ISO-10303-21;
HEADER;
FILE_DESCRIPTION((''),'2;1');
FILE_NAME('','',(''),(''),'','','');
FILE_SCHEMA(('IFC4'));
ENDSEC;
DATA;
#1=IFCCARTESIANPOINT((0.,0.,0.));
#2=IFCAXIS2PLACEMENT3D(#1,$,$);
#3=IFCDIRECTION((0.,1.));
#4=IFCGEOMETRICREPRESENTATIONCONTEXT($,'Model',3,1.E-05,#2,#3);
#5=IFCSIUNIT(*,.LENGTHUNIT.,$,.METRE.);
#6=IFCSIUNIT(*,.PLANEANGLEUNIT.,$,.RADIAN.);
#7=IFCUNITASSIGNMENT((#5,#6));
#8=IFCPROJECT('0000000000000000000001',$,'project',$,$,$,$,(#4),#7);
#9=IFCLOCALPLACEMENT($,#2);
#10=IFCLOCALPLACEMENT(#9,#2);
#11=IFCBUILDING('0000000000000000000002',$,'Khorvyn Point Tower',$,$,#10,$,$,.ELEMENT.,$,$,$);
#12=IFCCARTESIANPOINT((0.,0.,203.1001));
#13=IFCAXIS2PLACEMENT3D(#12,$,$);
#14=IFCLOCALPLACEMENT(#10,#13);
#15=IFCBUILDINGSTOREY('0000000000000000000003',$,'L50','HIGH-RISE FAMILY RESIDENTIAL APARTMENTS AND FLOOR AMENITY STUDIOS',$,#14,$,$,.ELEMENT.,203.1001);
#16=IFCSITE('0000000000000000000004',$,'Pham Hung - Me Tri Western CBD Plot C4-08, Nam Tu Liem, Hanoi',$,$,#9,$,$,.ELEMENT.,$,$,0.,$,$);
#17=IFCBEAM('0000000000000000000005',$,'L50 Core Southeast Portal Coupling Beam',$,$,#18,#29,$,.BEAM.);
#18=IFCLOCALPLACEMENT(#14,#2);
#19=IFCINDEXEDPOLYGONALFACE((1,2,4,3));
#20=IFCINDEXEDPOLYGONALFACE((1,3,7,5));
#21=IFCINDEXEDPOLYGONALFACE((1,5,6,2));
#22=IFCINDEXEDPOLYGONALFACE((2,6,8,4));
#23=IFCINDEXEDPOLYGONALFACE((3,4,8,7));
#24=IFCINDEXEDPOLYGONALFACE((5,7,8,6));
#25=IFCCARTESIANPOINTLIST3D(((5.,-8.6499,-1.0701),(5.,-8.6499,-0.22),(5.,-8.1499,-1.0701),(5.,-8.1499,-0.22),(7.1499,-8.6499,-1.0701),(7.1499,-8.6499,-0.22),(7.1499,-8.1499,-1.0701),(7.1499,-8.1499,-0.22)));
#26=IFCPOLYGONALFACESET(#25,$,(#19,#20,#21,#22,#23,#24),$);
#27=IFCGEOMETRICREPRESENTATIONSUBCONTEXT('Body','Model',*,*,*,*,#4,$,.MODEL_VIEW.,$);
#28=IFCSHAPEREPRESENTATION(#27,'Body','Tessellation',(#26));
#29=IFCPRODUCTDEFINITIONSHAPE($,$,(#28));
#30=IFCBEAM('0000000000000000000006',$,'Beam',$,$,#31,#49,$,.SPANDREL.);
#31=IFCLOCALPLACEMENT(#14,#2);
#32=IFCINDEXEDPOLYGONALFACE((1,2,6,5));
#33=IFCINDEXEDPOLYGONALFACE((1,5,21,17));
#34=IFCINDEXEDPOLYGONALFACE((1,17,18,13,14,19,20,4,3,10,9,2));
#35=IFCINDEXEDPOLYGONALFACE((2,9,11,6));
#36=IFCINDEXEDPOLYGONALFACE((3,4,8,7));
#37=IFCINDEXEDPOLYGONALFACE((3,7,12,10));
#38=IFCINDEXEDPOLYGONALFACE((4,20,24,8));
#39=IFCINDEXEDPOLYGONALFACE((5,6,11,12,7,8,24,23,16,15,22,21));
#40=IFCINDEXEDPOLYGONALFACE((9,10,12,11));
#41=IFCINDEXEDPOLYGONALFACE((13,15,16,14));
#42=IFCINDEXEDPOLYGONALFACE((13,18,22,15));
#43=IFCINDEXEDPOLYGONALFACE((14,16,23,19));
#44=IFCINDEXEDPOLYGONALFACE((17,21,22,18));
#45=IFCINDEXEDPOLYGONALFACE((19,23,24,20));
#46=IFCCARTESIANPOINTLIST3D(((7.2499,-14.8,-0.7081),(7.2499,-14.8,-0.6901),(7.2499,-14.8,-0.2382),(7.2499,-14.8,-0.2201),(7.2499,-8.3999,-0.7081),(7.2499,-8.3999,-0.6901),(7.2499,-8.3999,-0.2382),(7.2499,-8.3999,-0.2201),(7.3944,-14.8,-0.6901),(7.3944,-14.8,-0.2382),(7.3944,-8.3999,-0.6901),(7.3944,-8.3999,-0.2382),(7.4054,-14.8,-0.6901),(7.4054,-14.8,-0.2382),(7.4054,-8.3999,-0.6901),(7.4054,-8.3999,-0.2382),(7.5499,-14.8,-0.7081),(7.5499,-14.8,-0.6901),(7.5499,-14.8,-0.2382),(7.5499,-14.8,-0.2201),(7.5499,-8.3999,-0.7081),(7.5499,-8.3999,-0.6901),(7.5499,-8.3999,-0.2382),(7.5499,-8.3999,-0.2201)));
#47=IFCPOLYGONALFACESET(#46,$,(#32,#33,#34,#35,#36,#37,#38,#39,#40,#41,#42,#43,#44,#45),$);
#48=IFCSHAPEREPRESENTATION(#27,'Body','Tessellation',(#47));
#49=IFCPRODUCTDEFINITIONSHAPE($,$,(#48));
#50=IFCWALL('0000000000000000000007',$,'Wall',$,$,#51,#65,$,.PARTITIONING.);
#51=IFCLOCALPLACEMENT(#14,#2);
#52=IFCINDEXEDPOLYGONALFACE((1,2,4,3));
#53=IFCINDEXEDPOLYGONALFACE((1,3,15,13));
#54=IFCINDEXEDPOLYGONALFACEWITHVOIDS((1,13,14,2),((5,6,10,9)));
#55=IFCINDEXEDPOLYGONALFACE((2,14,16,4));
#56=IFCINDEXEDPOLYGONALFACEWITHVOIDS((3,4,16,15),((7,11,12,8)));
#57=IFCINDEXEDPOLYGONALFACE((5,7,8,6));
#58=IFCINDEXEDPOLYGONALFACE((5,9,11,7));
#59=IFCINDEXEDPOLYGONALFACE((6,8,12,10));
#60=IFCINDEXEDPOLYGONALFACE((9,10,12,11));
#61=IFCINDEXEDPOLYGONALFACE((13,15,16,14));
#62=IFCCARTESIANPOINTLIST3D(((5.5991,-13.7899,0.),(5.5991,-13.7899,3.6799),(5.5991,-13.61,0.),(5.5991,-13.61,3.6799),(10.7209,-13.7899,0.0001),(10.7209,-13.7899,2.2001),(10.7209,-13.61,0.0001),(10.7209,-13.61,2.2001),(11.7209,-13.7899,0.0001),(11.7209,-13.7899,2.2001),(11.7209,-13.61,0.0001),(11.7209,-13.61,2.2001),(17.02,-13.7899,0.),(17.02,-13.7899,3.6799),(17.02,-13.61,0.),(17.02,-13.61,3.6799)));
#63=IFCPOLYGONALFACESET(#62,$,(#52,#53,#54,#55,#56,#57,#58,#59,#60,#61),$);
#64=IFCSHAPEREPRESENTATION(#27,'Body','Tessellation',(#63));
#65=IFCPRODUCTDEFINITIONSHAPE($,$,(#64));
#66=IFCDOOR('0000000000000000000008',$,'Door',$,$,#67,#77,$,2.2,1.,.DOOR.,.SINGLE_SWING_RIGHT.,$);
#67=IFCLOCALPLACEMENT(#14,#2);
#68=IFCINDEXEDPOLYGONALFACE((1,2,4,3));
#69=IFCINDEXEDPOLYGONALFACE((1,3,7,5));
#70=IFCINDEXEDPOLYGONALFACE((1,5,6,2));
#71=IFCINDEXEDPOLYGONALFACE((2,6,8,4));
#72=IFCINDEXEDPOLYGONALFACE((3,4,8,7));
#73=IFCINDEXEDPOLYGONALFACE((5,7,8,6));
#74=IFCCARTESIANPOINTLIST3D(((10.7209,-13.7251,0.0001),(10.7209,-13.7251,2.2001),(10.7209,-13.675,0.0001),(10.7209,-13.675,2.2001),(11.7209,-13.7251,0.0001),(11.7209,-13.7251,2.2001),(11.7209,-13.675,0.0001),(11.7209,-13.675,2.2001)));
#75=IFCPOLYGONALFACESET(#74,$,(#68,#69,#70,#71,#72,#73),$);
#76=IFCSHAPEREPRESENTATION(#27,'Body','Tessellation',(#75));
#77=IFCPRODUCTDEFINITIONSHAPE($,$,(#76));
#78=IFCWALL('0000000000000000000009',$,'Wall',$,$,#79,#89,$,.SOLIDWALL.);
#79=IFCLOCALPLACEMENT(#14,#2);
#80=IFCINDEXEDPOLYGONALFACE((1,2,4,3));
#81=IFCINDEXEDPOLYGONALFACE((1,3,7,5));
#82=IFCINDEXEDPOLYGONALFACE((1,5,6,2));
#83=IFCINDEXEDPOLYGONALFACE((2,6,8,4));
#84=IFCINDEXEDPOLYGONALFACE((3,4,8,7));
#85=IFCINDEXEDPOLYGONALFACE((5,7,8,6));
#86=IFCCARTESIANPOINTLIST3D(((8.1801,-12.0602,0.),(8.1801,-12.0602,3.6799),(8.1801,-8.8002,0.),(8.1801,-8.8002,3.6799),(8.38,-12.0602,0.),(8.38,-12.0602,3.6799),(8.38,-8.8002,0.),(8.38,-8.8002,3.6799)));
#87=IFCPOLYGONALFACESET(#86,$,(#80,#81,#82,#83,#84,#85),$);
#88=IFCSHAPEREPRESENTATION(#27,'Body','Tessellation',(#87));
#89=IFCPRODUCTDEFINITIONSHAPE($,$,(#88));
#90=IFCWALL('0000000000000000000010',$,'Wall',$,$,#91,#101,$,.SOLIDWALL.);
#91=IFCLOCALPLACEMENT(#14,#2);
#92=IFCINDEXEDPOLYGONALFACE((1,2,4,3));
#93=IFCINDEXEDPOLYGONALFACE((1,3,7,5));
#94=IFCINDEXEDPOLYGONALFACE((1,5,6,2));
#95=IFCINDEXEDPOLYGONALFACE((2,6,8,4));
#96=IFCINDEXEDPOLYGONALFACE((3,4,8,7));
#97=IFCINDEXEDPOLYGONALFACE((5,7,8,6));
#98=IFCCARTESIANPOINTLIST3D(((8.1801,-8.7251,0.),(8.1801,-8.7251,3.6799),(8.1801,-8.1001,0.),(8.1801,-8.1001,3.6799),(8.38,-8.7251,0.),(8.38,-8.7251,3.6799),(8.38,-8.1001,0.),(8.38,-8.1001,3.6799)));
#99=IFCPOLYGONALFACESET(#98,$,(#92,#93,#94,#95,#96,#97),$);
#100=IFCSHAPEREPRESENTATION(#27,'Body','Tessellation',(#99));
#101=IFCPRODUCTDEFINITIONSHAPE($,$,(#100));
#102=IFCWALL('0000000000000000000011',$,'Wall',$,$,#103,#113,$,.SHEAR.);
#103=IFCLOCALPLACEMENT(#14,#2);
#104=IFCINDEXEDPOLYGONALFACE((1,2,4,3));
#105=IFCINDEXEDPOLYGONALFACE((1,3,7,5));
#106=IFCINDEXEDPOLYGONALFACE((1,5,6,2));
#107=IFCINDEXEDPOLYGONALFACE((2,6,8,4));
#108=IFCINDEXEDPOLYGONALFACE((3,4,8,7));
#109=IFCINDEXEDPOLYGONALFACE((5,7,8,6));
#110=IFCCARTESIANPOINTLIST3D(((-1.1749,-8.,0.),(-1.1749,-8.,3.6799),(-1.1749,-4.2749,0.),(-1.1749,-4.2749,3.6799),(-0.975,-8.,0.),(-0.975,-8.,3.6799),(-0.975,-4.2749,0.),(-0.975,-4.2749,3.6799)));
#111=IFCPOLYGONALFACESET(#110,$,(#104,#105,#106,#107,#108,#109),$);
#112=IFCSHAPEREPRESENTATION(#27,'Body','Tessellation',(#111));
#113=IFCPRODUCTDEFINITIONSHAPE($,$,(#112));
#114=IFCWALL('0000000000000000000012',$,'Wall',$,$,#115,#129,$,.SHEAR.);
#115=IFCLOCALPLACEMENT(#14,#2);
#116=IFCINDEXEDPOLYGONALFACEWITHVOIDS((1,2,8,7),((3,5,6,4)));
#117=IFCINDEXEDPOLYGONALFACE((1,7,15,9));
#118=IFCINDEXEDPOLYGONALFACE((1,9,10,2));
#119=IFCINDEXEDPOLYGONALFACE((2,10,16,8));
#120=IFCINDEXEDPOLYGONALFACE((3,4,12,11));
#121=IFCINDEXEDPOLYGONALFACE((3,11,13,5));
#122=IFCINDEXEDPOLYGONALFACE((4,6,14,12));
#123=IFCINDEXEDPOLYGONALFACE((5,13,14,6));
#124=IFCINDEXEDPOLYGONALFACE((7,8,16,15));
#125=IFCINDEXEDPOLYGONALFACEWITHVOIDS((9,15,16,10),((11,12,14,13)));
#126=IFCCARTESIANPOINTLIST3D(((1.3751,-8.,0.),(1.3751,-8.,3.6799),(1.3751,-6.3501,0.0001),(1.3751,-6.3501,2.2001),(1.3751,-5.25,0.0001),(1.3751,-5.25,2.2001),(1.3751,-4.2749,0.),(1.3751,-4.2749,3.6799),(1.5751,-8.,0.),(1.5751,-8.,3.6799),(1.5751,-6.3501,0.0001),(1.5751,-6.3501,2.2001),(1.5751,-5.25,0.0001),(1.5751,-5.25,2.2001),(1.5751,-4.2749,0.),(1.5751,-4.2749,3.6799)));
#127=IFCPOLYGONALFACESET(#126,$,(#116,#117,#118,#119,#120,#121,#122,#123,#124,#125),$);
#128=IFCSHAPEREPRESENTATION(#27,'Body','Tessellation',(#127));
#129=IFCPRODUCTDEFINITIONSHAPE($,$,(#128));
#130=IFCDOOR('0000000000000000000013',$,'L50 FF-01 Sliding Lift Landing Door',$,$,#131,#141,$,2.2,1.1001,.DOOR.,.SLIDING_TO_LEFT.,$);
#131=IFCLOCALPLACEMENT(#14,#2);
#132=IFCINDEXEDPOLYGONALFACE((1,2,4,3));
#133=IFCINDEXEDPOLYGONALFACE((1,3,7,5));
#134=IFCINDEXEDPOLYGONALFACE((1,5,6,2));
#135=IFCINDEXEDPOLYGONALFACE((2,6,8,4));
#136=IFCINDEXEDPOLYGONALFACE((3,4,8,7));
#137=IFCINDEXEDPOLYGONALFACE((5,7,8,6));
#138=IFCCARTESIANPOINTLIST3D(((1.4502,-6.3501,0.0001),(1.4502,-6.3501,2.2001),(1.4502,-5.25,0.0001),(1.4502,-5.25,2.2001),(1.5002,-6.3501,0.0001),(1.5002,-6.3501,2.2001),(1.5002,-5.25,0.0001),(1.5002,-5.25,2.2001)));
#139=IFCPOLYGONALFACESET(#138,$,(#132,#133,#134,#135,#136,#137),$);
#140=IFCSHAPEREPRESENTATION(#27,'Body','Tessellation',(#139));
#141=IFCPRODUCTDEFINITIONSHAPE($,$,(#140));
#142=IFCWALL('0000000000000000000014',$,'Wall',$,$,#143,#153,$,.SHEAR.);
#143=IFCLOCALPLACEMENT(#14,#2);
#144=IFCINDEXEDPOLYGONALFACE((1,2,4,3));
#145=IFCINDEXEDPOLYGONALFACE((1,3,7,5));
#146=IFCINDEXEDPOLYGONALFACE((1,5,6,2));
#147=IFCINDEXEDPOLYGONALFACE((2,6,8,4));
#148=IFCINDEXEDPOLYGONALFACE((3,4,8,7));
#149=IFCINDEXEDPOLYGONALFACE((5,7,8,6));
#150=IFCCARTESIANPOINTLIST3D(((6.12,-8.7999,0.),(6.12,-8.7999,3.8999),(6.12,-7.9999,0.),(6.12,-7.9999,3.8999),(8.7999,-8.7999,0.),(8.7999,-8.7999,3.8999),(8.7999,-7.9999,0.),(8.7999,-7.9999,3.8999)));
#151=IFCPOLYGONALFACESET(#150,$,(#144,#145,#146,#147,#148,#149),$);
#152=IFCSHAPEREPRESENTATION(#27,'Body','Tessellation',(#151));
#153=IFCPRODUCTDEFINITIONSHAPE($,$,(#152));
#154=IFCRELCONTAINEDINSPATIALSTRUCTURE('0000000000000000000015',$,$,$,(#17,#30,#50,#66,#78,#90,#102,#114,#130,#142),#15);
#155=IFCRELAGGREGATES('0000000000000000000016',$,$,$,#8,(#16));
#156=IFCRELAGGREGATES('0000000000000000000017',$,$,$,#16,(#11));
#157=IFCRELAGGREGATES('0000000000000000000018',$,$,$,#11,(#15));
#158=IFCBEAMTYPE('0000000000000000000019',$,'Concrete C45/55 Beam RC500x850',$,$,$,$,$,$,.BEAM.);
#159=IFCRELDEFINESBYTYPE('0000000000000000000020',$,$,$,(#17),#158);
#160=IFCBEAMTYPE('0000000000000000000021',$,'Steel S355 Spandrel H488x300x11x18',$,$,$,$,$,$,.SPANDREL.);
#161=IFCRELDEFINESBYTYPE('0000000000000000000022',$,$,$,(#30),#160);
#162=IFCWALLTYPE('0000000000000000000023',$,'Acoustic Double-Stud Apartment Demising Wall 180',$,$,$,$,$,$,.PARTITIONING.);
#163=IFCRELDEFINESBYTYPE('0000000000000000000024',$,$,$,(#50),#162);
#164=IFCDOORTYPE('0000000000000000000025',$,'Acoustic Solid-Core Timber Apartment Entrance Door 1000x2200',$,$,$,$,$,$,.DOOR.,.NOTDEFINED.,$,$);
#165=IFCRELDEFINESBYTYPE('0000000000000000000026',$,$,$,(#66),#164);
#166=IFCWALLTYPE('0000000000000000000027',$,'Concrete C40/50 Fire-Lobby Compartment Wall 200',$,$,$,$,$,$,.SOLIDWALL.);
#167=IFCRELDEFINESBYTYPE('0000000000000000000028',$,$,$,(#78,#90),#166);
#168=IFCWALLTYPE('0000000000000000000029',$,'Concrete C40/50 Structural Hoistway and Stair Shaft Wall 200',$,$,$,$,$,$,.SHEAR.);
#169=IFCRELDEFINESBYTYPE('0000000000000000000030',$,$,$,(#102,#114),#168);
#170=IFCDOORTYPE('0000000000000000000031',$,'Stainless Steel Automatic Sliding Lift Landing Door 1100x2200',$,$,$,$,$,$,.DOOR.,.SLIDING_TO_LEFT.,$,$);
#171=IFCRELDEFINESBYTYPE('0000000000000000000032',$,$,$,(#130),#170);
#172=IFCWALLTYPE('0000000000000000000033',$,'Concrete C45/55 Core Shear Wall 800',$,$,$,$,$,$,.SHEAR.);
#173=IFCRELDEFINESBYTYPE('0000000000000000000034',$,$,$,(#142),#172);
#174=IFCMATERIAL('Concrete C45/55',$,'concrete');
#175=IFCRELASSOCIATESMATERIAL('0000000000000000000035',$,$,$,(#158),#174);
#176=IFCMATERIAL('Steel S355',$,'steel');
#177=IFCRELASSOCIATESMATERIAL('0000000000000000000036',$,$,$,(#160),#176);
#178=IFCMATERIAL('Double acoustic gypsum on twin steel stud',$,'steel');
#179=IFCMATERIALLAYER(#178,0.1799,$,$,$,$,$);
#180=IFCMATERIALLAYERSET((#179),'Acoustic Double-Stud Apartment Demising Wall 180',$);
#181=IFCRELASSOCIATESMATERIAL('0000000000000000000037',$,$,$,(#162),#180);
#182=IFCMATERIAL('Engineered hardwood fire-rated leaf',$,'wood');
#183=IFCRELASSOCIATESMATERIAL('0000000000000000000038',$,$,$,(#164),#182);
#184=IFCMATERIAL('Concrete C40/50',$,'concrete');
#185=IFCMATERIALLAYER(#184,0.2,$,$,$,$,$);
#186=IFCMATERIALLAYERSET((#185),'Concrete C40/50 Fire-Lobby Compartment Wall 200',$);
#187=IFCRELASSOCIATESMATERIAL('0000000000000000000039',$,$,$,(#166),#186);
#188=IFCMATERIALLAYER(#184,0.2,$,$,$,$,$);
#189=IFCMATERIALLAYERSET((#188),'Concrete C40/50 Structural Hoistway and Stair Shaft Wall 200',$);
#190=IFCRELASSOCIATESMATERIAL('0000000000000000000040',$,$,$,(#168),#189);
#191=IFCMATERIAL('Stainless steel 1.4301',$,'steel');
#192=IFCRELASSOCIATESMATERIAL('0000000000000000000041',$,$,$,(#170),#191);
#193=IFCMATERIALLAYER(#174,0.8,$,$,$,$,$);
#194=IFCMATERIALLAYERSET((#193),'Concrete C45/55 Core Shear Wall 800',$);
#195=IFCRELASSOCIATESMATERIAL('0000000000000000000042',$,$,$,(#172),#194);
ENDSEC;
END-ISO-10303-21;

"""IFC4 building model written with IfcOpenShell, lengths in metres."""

from ifc_helpers import new_model, si_unit, direction, frame, frame_2d, origin, origin_2d, place, context, subcontext, project, spatial, rectangle, i_section, extrude, material, layer, layer_set, material_profile, profile_set, type_object, element, fill, save


model = new_model("IFC4")

# Units and contexts
model_context = context("Model", 3, precision=1e-05, world=origin(), true_north=direction((0.0, 1.0)))
body_context = subcontext(model_context, "Body", "Model", "MODEL_VIEW")
ifc_project = project(units=[si_unit("LENGTHUNIT", "METRE"), si_unit("PLANEANGLEUNIT", "RADIAN")], contexts=[model_context])

# Site, building, storey
site_placement = place(None, origin())
site = spatial("IfcSite", under=ifc_project, at=site_placement, Name="Pham Hung - Me Tri Western CBD Plot C4-08, Nam Tu Liem, Hanoi", CompositionType="ELEMENT", RefElevation=0.0)
building_placement = place(site_placement, origin())
building = spatial("IfcBuilding", under=site, at=building_placement, Name="Khorvyn Point Tower", CompositionType="ELEMENT")
storey_placement = place(building_placement, frame((0.0, 0.0, 203.1001)))
storey = spatial("IfcBuildingStorey", under=building, at=storey_placement, Name="L50", Description="HIGH-RISE FAMILY RESIDENTIAL APARTMENTS AND FLOOR AMENITY STUDIOS", CompositionType="ELEMENT", Elevation=203.1001)

# Beams
ifc_material_1 = material(Name="Concrete C45/55", Category="concrete")
ifc_material_profile_1 = material_profile(ifc_material_1, rectangle(XDim=0.5, YDim=0.8501, at=origin_2d()))
ifc_profile_set_1 = profile_set([ifc_material_profile_1], Name="Concrete C45/55 RC500x850")
beam_type_1 = type_object("IfcBeamType", Name="Concrete C45/55 Beam RC500x850", PredefinedType="BEAM", material=ifc_profile_set_1)
beam_1_placement = place(storey_placement, frame((5.0, -8.3999, -0.645), z_axis=(1.0, 0.0, 0.0), x_axis=(0.0, 1.0, 0.0)))
element("IfcBeam", 1, at=beam_1_placement, inside=storey, type_object=beam_type_1, Name="L50 Core Southeast Portal Coupling Beam", PredefinedType="BEAM", context=body_context, shape_type="SweptSolid", body=[
    extrude(rectangle(XDim=0.5, YDim=0.8501, at=origin_2d()), origin(), (0.0, 0.0, 1.0), 2.1499),
])
ifc_material_2 = material(Name="Steel S355", Category="steel")
ifc_material_profile_2 = material_profile(ifc_material_2, i_section(OverallWidth=0.3, OverallDepth=0.488, WebThickness=0.011, FlangeThickness=0.0181, at=origin_2d()))
ifc_profile_set_2 = profile_set([ifc_material_profile_2], Name="Steel S355 H488x300x11x18")
beam_type_2 = type_object("IfcBeamType", Name="Steel S355 Spandrel H488x300x11x18", PredefinedType="SPANDREL", material=ifc_profile_set_2)
beam_2_placement = place(storey_placement, frame((7.3999, -14.8, -0.4641), z_axis=(0.0, 1.0, 0.0), x_axis=(-1.0, 0.0, 0.0)))
element("IfcBeam", 2, at=beam_2_placement, inside=storey, type_object=beam_type_2, Name="Beam", PredefinedType="SPANDREL", context=body_context, shape_type="SweptSolid", body=[
    extrude(i_section(OverallWidth=0.3, OverallDepth=0.488, WebThickness=0.011, FlangeThickness=0.0181, at=origin_2d()), origin(), (0.0, 0.0, 1.0), 6.4001),
])

# Wall, opening, door
ifc_material_3 = material(Name="Double acoustic gypsum on twin steel stud", Category="steel")
ifc_layer_1 = layer(ifc_material_3, 0.1799)
ifc_layer_set_1 = layer_set([ifc_layer_1], Name="Acoustic Double-Stud Apartment Demising Wall 180")
wall_type_1 = type_object("IfcWallType", Name="Acoustic Double-Stud Apartment Demising Wall 180", PredefinedType="PARTITIONING", material=ifc_layer_set_1)
wall_1_placement = place(storey_placement, frame((5.5991, -13.7, 0.0), z_axis=(0.0, 0.0, 1.0), x_axis=(1.0, 0.0, 0.0)))
wall_1 = element("IfcWall", 3, at=wall_1_placement, inside=storey, type_object=wall_type_1, Name="Wall", PredefinedType="PARTITIONING", context=body_context, shape_type="SweptSolid", body=[
    extrude(rectangle(XDim=11.4209, YDim=0.1799, at=frame_2d((5.7104, 0.0))), origin(), (0.0, 0.0, 1.0), 3.6799),
])
opening_1_placement = place(wall_1_placement, frame((5.1218, 0.0, 0.0)))
opening_1 = element("IfcOpeningElement", 4, at=opening_1_placement, cuts=wall_1, PredefinedType="OPENING", context=body_context, shape_type="SweptSolid", body=[
    extrude(rectangle(XDim=1.0, YDim=2.2, at=frame_2d((0.5, 1.1001))), frame((0.0, 0.0999, 0.0), z_axis=(0.0, -1.0, 0.0), x_axis=(1.0, 0.0, 0.0)), (0.0, 0.0, 1.0), 0.2),
])
ifc_material_4 = material(Name="Engineered hardwood fire-rated leaf", Category="wood")
door_type_1 = type_object("IfcDoorType", Name="Acoustic Solid-Core Timber Apartment Entrance Door 1000x2200", OperationType="NOTDEFINED", PredefinedType="DOOR", material=ifc_material_4)
door_1_placement = place(opening_1_placement, origin())
door_1 = element("IfcDoor", 5, at=door_1_placement, inside=storey, type_object=door_type_1, Name="Door", OperationType="SINGLE_SWING_RIGHT", OverallHeight=2.2, OverallWidth=1.0, PredefinedType="DOOR", context=body_context, shape_type="SweptSolid", body=[
    extrude(rectangle(XDim=1.0, YDim=2.2, at=frame_2d((0.5, 1.1001))), frame((0.0, 0.0249, 0.0), z_axis=(0.0, -1.0, 0.0), x_axis=(1.0, 0.0, 0.0)), (0.0, 0.0, 1.0), 0.05),
])
fill(opening_1, door_1)
ifc_material_5 = material(Name="Concrete C40/50", Category="concrete")
ifc_layer_2 = layer(ifc_material_5, 0.2)
ifc_layer_set_2 = layer_set([ifc_layer_2], Name="Concrete C40/50 Fire-Lobby Compartment Wall 200")
wall_type_2 = type_object("IfcWallType", Name="Concrete C40/50 Fire-Lobby Compartment Wall 200", PredefinedType="SOLIDWALL", material=ifc_layer_set_2)

# Walls
wall_2_placement = place(storey_placement, frame((8.28, -12.0601, 0.0), z_axis=(0.0, 0.0, 1.0), x_axis=(0.0, 1.0, 0.0)))
element("IfcWall", 6, at=wall_2_placement, inside=storey, type_object=wall_type_2, Name="Wall", PredefinedType="SOLIDWALL", context=body_context, shape_type="SweptSolid", body=[
    extrude(rectangle(XDim=3.26, YDim=0.2, at=frame_2d((1.6299, 0.0))), origin(), (0.0, 0.0, 1.0), 3.6799),
])
wall_3_placement = place(storey_placement, frame((8.28, -8.7251, 0.0), z_axis=(0.0, 0.0, 1.0), x_axis=(0.0, 1.0, 0.0)))
element("IfcWall", 7, at=wall_3_placement, inside=storey, type_object=wall_type_2, Name="Wall", PredefinedType="SOLIDWALL", context=body_context, shape_type="SweptSolid", body=[
    extrude(rectangle(XDim=0.625, YDim=0.2, at=frame_2d((0.3125, 0.0))), origin(), (0.0, 0.0, 1.0), 3.6799),
])

# Wall
ifc_layer_3 = layer(ifc_material_5, 0.2)
ifc_layer_set_3 = layer_set([ifc_layer_3], Name="Concrete C40/50 Structural Hoistway and Stair Shaft Wall 200")
wall_type_3 = type_object("IfcWallType", Name="Concrete C40/50 Structural Hoistway and Stair Shaft Wall 200", PredefinedType="SHEAR", material=ifc_layer_set_3)
wall_4_placement = place(storey_placement, frame((-1.075, -8.0, 0.0), z_axis=(0.0, 0.0, 1.0), x_axis=(0.0, 1.0, 0.0)))
element("IfcWall", 8, at=wall_4_placement, inside=storey, type_object=wall_type_3, Name="Wall", PredefinedType="SHEAR", context=body_context, shape_type="SweptSolid", body=[
    extrude(rectangle(XDim=3.7251, YDim=0.2, at=frame_2d((1.8625, 0.0))), origin(), (0.0, 0.0, 1.0), 3.6799),
])

# Wall, opening, door
wall_5_placement = place(storey_placement, frame((1.4751, -8.0, 0.0), z_axis=(0.0, 0.0, 1.0), x_axis=(0.0, 1.0, 0.0)))
wall_5 = element("IfcWall", 9, at=wall_5_placement, inside=storey, type_object=wall_type_3, Name="Wall", PredefinedType="SHEAR", context=body_context, shape_type="SweptSolid", body=[
    extrude(rectangle(XDim=3.7251, YDim=0.2, at=frame_2d((1.8625, 0.0))), origin(), (0.0, 0.0, 1.0), 3.6799),
])
opening_2_placement = place(wall_5_placement, frame((1.6499, 0.0, 0.0)))
opening_2 = element("IfcOpeningElement", 10, at=opening_2_placement, cuts=wall_5, PredefinedType="OPENING", context=body_context, shape_type="SweptSolid", body=[
    extrude(rectangle(XDim=1.1001, YDim=2.2, at=frame_2d((0.55, 1.1001))), frame((0.0, 0.1099, 0.0), z_axis=(0.0, -1.0, 0.0), x_axis=(1.0, 0.0, 0.0)), (0.0, 0.0, 1.0), 0.22),
])
ifc_material_6 = material(Name="Stainless steel 1.4301", Category="steel")
door_type_2 = type_object("IfcDoorType", Name="Stainless Steel Automatic Sliding Lift Landing Door 1100x2200", OperationType="SLIDING_TO_LEFT", PredefinedType="DOOR", material=ifc_material_6)
door_2_placement = place(opening_2_placement, origin())
door_2 = element("IfcDoor", 11, at=door_2_placement, inside=storey, type_object=door_type_2, Name="L50 FF-01 Sliding Lift Landing Door", OperationType="SLIDING_TO_LEFT", OverallHeight=2.2, OverallWidth=1.1001, PredefinedType="DOOR", context=body_context, shape_type="SweptSolid", body=[
    extrude(rectangle(XDim=1.1001, YDim=2.2, at=frame_2d((0.55, 1.1001))), frame((0.0, 0.0249, 0.0), z_axis=(0.0, -1.0, 0.0), x_axis=(1.0, 0.0, 0.0)), (0.0, 0.0, 1.0), 0.05),
])
fill(opening_2, door_2)

# Wall
ifc_layer_4 = layer(ifc_material_1, 0.8)
ifc_layer_set_4 = layer_set([ifc_layer_4], Name="Concrete C45/55 Core Shear Wall 800")
wall_type_4 = type_object("IfcWallType", Name="Concrete C45/55 Core Shear Wall 800", PredefinedType="SHEAR", material=ifc_layer_set_4)
wall_6_placement = place(storey_placement, frame((6.1201, -8.3999, 0.0), z_axis=(0.0, 0.0, 1.0), x_axis=(1.0, 0.0, 0.0)))
element("IfcWall", 12, at=wall_6_placement, inside=storey, type_object=wall_type_4, Name="Wall", PredefinedType="SHEAR", context=body_context, shape_type="SweptSolid", body=[
    extrude(rectangle(XDim=2.6799, YDim=0.8, at=frame_2d((1.3398, 0.0))), origin(), (0.0, 0.0, 1.0), 3.8999),
])

save(model, "model.ifc")
